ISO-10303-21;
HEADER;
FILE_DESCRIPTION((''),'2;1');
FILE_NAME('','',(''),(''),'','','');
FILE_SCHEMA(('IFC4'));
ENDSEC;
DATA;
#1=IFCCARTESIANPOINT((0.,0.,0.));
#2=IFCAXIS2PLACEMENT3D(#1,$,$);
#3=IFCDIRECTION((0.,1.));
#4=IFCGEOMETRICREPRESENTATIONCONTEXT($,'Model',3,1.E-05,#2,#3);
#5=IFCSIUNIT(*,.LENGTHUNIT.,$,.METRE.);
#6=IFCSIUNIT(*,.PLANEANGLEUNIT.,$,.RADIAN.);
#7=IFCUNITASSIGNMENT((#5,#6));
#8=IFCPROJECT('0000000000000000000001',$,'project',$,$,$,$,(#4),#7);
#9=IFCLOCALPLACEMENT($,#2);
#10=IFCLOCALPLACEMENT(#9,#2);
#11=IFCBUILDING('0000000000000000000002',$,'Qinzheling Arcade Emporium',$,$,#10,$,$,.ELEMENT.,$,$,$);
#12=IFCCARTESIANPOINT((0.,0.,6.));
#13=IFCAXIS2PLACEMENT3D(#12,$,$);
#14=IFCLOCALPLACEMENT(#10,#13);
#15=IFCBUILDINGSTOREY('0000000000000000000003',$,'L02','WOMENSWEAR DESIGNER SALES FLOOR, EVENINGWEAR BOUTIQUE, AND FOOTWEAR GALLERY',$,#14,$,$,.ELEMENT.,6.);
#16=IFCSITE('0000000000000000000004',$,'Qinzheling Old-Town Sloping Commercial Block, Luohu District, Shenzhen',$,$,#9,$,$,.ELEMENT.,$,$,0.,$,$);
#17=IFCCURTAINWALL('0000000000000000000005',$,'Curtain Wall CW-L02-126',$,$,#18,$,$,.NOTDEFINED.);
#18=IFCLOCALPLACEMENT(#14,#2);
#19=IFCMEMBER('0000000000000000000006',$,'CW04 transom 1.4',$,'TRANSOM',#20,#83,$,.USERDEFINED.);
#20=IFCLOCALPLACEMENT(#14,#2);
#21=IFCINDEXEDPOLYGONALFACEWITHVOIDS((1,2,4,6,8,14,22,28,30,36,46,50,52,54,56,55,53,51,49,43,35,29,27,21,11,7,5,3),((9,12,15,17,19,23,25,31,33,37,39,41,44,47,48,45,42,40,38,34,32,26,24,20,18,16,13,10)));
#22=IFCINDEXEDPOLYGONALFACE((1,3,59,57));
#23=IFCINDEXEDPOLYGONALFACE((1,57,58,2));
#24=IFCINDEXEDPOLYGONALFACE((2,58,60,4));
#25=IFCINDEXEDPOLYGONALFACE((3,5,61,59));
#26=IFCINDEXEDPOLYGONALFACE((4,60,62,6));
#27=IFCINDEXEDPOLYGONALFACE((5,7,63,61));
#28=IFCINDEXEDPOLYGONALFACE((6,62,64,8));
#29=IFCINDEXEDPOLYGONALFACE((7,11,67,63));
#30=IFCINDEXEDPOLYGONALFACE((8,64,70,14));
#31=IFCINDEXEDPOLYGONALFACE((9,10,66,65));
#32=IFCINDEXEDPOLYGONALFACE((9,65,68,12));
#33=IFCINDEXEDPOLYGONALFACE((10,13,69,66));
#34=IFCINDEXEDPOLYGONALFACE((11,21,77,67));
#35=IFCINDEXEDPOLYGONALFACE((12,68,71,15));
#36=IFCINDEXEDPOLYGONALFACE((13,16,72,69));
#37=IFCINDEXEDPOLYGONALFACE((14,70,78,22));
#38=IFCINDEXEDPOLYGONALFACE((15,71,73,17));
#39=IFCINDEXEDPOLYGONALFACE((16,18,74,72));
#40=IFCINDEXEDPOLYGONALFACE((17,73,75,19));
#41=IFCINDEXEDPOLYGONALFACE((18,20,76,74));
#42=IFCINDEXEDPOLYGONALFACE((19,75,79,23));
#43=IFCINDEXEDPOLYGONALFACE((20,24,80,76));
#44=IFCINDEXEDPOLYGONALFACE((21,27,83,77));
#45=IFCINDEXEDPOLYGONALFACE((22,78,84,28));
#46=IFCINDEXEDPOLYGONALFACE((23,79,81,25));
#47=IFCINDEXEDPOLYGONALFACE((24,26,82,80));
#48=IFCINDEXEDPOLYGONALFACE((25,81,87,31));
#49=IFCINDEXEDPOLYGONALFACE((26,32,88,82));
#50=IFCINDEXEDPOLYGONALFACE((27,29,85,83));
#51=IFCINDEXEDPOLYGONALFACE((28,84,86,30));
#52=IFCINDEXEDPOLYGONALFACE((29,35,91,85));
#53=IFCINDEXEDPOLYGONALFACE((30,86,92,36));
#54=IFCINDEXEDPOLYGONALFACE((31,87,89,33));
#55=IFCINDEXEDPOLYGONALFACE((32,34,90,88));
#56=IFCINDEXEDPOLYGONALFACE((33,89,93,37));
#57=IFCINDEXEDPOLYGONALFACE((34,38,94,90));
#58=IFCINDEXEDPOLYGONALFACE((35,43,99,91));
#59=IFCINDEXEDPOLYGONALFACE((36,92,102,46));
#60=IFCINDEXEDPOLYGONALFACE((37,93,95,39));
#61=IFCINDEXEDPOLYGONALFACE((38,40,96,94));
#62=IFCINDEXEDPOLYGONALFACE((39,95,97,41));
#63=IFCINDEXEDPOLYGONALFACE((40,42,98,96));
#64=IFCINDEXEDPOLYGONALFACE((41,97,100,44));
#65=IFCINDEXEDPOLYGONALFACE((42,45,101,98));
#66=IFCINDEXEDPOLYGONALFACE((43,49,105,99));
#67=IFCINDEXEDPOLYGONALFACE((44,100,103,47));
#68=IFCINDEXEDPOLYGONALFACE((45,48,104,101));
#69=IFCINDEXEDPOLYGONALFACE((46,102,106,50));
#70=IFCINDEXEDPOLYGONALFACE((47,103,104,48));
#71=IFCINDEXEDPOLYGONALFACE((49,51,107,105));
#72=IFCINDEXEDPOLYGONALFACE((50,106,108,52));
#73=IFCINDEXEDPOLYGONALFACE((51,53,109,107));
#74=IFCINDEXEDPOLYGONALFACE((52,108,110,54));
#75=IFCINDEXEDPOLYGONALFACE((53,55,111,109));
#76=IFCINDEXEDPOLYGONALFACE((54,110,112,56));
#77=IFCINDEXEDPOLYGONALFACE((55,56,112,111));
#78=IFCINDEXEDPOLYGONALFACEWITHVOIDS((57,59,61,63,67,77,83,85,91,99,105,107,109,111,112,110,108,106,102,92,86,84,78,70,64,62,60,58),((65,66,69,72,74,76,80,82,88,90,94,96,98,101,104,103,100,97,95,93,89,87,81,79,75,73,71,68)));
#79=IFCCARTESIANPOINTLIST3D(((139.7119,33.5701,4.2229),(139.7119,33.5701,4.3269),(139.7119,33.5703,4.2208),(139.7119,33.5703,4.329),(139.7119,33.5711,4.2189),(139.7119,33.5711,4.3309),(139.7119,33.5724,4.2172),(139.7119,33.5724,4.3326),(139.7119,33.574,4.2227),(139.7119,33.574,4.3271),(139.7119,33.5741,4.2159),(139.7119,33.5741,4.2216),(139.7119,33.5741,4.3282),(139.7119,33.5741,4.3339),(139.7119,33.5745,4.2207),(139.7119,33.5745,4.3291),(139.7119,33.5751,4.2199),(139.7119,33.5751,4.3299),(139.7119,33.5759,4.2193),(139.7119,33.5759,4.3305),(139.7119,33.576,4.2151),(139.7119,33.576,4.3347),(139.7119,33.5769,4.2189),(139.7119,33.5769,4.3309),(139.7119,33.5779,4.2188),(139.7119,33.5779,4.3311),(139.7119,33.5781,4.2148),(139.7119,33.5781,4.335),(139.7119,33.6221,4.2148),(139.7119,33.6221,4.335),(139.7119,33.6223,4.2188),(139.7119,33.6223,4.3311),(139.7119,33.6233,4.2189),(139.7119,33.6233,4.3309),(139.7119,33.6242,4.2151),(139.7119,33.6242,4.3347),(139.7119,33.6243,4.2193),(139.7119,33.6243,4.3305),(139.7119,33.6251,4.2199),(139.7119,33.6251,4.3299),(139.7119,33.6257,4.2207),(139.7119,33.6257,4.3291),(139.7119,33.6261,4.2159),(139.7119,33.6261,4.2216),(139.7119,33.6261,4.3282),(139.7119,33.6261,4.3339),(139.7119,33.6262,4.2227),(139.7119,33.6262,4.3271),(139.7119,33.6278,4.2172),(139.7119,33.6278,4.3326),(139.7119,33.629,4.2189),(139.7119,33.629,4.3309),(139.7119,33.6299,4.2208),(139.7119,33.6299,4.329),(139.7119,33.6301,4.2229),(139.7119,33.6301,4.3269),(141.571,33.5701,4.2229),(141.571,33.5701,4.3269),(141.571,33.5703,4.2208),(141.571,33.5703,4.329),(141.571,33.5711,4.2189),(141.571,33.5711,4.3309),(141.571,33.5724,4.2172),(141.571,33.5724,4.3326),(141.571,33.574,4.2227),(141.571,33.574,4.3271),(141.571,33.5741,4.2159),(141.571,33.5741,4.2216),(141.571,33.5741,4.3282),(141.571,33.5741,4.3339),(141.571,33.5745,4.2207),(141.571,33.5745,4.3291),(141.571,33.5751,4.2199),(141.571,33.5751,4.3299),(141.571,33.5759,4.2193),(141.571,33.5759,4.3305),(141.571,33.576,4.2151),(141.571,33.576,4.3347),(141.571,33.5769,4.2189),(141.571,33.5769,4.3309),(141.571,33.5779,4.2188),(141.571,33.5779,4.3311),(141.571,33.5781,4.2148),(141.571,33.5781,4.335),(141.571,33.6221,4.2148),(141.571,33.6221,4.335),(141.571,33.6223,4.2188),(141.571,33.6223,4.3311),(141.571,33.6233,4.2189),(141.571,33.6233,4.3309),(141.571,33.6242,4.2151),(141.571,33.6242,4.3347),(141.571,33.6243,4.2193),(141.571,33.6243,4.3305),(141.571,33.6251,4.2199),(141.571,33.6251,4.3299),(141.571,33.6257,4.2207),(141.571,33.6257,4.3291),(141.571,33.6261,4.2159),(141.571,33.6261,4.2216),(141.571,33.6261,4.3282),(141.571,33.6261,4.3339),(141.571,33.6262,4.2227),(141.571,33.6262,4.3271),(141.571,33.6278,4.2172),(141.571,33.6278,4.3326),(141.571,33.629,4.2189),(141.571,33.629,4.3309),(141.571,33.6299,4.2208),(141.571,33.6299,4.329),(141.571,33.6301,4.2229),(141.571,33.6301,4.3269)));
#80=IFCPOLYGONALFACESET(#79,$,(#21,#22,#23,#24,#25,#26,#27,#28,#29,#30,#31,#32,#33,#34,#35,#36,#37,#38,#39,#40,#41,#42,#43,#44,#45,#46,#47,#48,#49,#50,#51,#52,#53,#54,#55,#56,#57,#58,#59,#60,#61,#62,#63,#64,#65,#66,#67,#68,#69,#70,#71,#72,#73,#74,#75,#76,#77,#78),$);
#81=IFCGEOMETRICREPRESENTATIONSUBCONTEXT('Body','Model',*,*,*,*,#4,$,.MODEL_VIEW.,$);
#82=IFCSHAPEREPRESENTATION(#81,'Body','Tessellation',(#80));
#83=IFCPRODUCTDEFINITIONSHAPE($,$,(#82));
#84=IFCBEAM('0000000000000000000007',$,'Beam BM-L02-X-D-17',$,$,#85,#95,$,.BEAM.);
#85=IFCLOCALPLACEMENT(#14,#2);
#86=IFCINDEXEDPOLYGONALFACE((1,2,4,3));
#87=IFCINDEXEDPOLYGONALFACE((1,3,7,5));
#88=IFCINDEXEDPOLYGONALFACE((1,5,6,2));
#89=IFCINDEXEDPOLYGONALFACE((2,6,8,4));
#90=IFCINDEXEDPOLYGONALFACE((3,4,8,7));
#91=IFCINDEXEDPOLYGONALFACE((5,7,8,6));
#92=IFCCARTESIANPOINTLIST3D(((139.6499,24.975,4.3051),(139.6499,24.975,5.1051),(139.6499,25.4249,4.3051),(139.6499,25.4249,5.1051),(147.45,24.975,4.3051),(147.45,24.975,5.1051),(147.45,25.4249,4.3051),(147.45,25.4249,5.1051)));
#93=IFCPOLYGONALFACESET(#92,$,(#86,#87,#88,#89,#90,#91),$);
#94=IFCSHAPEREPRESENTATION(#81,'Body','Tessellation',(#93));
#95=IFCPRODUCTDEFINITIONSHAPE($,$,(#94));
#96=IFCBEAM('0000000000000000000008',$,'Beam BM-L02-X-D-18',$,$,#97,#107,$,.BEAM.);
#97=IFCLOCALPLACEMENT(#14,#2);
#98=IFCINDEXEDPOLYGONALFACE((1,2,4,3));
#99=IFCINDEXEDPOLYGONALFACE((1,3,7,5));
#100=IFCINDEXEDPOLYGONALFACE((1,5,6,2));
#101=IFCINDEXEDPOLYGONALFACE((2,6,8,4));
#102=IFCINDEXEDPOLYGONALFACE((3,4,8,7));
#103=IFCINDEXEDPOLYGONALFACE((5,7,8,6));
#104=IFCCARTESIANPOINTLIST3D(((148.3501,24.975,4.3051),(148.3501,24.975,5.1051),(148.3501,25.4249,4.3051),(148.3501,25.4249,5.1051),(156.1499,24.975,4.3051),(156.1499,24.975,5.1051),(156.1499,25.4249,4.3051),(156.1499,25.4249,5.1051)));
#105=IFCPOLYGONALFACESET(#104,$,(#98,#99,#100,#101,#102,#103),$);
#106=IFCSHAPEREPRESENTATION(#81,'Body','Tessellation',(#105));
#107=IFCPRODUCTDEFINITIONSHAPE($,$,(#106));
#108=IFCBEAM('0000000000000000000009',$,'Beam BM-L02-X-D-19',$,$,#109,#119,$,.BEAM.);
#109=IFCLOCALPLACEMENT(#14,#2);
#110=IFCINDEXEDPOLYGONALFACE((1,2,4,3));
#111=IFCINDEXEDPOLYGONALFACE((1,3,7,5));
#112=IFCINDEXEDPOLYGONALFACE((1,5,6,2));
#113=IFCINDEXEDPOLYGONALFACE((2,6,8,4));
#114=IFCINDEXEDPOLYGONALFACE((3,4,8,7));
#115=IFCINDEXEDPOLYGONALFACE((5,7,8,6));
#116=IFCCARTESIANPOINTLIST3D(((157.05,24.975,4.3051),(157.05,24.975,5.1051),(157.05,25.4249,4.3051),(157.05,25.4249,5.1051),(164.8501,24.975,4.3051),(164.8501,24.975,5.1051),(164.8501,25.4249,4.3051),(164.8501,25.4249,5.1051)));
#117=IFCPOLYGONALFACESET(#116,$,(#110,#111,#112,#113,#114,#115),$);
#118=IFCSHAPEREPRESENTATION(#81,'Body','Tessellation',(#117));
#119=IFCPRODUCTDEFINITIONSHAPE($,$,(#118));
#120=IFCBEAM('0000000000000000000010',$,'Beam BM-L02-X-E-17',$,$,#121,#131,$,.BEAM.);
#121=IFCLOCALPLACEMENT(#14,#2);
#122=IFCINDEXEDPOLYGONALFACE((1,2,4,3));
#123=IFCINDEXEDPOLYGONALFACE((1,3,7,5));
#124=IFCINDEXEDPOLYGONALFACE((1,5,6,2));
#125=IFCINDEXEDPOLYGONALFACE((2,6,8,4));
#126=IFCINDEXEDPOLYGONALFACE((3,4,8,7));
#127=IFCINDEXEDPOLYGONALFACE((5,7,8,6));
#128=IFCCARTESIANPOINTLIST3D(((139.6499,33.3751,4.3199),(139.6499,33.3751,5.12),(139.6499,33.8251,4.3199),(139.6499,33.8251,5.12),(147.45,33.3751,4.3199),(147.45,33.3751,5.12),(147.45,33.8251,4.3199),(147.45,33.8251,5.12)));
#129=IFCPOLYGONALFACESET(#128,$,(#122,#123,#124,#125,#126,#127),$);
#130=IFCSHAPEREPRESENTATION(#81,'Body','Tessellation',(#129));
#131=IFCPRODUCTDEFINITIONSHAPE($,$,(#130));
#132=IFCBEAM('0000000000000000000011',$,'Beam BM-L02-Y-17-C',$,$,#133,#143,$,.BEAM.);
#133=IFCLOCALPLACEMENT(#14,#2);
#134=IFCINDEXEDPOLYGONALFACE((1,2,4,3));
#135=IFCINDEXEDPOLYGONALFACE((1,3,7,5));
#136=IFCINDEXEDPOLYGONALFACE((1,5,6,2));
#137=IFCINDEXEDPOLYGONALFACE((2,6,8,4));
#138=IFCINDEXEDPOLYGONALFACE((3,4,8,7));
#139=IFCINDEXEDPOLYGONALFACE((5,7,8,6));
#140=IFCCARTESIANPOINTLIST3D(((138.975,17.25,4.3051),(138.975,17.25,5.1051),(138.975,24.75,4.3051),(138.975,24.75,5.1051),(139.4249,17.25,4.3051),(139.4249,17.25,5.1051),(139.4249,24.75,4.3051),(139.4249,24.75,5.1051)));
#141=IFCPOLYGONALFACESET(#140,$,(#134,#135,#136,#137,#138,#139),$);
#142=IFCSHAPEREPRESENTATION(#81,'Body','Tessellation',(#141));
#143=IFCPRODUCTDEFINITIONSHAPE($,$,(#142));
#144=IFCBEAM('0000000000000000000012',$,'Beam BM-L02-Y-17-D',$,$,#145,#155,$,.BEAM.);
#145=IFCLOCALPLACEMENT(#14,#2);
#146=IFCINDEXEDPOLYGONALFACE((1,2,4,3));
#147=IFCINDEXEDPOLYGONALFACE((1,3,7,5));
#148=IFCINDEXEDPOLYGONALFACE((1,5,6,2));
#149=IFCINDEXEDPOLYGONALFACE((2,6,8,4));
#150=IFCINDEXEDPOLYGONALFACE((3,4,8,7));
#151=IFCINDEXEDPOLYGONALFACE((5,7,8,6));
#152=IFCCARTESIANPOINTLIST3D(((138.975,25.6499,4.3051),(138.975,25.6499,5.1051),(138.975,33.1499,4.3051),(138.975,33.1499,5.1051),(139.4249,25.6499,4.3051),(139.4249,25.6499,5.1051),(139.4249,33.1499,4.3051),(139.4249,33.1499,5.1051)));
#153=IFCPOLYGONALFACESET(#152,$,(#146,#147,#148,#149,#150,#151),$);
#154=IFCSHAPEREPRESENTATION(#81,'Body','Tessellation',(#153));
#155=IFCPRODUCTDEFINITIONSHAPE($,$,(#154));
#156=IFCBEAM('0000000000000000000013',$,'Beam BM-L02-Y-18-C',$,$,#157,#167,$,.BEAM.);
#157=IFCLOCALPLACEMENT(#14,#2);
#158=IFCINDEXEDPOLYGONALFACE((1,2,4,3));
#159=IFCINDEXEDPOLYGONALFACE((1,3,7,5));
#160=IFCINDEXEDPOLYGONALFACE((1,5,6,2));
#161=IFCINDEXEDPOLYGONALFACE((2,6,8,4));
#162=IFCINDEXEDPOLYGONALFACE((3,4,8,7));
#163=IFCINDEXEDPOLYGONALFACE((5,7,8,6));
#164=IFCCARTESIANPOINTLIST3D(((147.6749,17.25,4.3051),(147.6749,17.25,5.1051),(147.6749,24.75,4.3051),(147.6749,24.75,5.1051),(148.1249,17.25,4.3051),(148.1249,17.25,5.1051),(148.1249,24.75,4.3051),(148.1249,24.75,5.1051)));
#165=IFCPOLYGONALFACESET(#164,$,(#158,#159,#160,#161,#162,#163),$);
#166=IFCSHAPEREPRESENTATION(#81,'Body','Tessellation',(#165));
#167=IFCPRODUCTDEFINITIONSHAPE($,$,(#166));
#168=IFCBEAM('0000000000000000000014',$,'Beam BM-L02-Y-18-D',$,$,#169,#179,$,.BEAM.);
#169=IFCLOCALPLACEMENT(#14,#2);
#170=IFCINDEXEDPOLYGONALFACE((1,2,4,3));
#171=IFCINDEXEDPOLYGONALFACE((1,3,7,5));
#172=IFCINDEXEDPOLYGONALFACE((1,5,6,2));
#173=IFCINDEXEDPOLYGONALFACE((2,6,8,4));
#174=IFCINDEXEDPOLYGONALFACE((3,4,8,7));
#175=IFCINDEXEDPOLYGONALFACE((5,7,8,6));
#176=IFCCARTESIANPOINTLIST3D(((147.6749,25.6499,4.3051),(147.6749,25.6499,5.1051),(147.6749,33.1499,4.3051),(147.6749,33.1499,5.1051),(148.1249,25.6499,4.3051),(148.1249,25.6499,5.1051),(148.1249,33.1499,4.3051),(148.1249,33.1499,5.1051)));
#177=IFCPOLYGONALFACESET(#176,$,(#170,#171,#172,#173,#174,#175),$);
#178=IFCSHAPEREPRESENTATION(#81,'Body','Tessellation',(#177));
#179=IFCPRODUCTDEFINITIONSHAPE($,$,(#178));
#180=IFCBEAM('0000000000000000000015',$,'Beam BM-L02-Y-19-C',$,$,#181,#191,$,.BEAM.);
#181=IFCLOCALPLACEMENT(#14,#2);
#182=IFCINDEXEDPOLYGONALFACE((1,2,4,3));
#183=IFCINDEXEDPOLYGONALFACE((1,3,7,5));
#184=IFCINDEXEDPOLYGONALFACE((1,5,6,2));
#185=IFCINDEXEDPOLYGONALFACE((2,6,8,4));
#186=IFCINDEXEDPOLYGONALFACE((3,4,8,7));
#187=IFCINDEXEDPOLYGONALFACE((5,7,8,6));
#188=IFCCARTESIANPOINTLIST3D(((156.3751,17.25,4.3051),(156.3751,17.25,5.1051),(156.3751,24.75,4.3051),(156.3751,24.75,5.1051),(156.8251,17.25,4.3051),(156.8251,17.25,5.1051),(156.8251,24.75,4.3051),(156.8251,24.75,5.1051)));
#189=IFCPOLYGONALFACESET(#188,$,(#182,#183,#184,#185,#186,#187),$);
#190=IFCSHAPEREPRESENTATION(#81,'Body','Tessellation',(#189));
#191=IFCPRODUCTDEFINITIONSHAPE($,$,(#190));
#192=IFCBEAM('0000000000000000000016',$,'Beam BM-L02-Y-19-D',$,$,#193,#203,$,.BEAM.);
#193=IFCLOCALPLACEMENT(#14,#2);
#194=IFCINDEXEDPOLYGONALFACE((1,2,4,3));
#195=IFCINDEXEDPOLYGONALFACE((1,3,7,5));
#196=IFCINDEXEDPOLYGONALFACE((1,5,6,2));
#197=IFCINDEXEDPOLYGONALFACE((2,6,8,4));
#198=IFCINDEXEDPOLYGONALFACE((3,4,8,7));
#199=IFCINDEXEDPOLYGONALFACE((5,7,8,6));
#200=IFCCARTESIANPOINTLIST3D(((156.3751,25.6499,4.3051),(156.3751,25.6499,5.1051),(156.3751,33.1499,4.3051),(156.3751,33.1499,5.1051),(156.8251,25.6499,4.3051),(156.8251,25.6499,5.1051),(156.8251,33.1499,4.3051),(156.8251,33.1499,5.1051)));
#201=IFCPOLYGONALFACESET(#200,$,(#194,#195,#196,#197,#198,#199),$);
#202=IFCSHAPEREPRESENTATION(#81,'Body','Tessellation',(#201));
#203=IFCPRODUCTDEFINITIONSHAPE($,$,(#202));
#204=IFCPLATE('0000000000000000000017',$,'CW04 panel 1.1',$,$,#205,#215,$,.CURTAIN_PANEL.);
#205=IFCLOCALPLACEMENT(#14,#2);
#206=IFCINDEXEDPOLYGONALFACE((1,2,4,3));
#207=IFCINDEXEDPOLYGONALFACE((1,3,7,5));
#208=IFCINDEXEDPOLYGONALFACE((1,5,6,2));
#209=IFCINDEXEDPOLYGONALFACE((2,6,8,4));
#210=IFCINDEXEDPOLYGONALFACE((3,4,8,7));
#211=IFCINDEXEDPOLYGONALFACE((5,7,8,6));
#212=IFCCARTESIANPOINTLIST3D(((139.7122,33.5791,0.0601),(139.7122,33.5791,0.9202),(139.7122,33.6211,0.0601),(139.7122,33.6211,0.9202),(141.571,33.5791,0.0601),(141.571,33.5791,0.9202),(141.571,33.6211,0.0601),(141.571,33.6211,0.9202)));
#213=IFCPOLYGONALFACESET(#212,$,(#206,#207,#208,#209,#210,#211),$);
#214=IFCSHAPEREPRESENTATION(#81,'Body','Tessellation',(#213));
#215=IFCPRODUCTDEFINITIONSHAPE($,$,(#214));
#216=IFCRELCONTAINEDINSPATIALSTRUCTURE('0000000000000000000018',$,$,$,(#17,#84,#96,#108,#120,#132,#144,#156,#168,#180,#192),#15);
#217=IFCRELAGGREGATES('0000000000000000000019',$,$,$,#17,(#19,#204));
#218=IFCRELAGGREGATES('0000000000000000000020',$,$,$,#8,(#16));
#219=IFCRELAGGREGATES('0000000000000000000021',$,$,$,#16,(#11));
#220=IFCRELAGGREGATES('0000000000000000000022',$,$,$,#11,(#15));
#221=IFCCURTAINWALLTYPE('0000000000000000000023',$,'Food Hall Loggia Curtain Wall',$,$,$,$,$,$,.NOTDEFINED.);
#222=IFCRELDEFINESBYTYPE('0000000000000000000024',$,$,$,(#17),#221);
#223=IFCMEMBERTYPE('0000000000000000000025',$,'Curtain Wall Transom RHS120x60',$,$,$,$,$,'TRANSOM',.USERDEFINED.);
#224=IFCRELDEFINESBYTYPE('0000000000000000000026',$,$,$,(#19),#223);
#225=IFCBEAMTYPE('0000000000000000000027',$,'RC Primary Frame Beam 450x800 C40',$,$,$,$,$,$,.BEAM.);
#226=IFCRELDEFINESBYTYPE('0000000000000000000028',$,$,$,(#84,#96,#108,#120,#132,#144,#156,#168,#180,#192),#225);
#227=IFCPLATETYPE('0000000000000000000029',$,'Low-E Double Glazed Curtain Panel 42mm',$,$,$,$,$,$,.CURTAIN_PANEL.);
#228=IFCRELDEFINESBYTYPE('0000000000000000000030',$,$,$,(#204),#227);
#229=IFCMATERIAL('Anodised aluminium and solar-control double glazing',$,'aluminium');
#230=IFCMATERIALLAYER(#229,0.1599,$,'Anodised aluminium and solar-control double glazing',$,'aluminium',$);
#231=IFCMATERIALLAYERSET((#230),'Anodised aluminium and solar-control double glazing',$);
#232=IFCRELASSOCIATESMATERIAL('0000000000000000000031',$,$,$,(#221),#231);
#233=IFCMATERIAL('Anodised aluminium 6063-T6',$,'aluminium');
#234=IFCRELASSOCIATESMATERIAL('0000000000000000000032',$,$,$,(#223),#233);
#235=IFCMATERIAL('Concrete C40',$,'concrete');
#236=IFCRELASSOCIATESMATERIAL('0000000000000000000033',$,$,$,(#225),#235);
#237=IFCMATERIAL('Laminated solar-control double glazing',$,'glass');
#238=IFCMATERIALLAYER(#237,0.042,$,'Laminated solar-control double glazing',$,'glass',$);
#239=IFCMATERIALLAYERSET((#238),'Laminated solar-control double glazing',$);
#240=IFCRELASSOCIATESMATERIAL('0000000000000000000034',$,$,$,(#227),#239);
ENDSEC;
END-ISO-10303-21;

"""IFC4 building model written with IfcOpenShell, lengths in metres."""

from ifc_helpers import new_model, si_unit, direction, frame, origin, origin_2d, place, context, subcontext, project, spatial, rectangle, hollow_rectangle, extrude, material, layer, layer_set, material_profile, profile_set, type_object, element, aggregate, save


model = new_model("IFC4")

# Units and contexts
model_context = context("Model", 3, precision=1e-05, world=origin(), true_north=direction((0.0, 1.0)))
body_context = subcontext(model_context, "Body", "Model", "MODEL_VIEW")
ifc_project = project(units=[si_unit("LENGTHUNIT", "METRE"), si_unit("PLANEANGLEUNIT", "RADIAN")], contexts=[model_context])

# Site, building, storey
site_placement = place(None, origin())
site = spatial("IfcSite", under=ifc_project, at=site_placement, Name="Qinzheling Old-Town Sloping Commercial Block, Luohu District, Shenzhen", CompositionType="ELEMENT", RefElevation=0.0)
building_placement = place(site_placement, origin())
building = spatial("IfcBuilding", under=site, at=building_placement, Name="Qinzheling Arcade Emporium", CompositionType="ELEMENT")
storey_placement = place(building_placement, frame((0.0, 0.0, 6.0)))
storey = spatial("IfcBuildingStorey", under=building, at=storey_placement, Name="L02", Description="WOMENSWEAR DESIGNER SALES FLOOR, EVENINGWEAR BOUTIQUE, AND FOOTWEAR GALLERY", CompositionType="ELEMENT", Elevation=6.0)

# Curtain wall, member
ifc_material_1 = material(Name="Anodised aluminium and solar-control double glazing", Category="aluminium")
ifc_layer_1 = layer(ifc_material_1, 0.1599, Name="Anodised aluminium and solar-control double glazing", Category="aluminium")
ifc_layer_set_1 = layer_set([ifc_layer_1], Name="Anodised aluminium and solar-control double glazing")
curtain_wall_type = type_object("IfcCurtainWallType", Name="Food Hall Loggia Curtain Wall", PredefinedType="NOTDEFINED", material=ifc_layer_set_1)
curtain_wall_placement = place(storey_placement, origin())
curtain_wall = element("IfcCurtainWall", 1, at=curtain_wall_placement, inside=storey, type_object=curtain_wall_type, Name="Curtain Wall CW-L02-126", PredefinedType="NOTDEFINED")
ifc_material_2 = material(Name="Anodised aluminium 6063-T6", Category="aluminium")
ifc_material_profile_1 = material_profile(ifc_material_2, hollow_rectangle(XDim=0.0601, YDim=0.1201, WallThickness=0.0039, InnerFilletRadius=0.0039, OuterFilletRadius=0.0081, at=origin_2d()), Name="RHS 120x60x4", Category="aluminium")
ifc_profile_set_1 = profile_set([ifc_material_profile_1], Name="Anodised aluminium 6063-T6")
member_type_1 = type_object("IfcMemberType", Name="Curtain Wall Transom RHS120x60", ElementType="TRANSOM", PredefinedType="USERDEFINED", material=ifc_profile_set_1)
member_1_placement = place(storey_placement, frame((139.7119, 33.6001, 4.2749), z_axis=(1.0, 0.0, 0.0), x_axis=(0.0, 1.0, 0.0)))
member_1 = element("IfcMember", 2, at=member_1_placement, type_object=member_type_1, Name="CW04 transom 1.4", ObjectType="TRANSOM", PredefinedType="USERDEFINED", context=body_context, shape_type="SweptSolid", body=[
    extrude(hollow_rectangle(XDim=0.0601, YDim=0.1201, WallThickness=0.0039, InnerFilletRadius=0.0039, OuterFilletRadius=0.0081, at=origin_2d()), origin(), (0.0, 0.0, 1.0), 1.8591),
])

# Beams
ifc_material_3 = material(Name="Concrete C40", Category="concrete")
ifc_material_profile_2 = material_profile(ifc_material_3, rectangle(XDim=0.45, YDim=0.8, at=origin_2d()), Name="RC 450x800", Category="concrete")
ifc_profile_set_2 = profile_set([ifc_material_profile_2], Name="Concrete C40")
beam_type = type_object("IfcBeamType", Name="RC Primary Frame Beam 450x800 C40", PredefinedType="BEAM", material=ifc_profile_set_2)
beam_1_placement = place(storey_placement, frame((139.6499, 25.2, 4.7051), z_axis=(1.0, 0.0, 0.0), x_axis=(0.0, 1.0, 0.0)))
element("IfcBeam", 3, at=beam_1_placement, inside=storey, type_object=beam_type, Name="Beam BM-L02-X-D-17", PredefinedType="BEAM", context=body_context, shape_type="SweptSolid", body=[
    extrude(rectangle(XDim=0.45, YDim=0.8, at=origin_2d()), origin(), (0.0, 0.0, 1.0), 7.8),
])
beam_2_placement = place(storey_placement, frame((148.3501, 25.2, 4.7051), z_axis=(1.0, 0.0, 0.0), x_axis=(0.0, 1.0, 0.0)))
element("IfcBeam", 4, at=beam_2_placement, inside=storey, type_object=beam_type, Name="Beam BM-L02-X-D-18", PredefinedType="BEAM", context=body_context, shape_type="SweptSolid", body=[
    extrude(rectangle(XDim=0.45, YDim=0.8, at=origin_2d()), origin(), (0.0, 0.0, 1.0), 7.7998),
])
for number, where, z_axis, x_axis, name in (
    (5, (157.05, 25.2, 4.7051), (1.0, 0.0, 0.0), (0.0, 1.0, 0.0), "Beam BM-L02-X-D-19"),
    (6, (139.6499, 33.6001, 4.72), (1.0, 0.0, 0.0), (0.0, 1.0, 0.0), "Beam BM-L02-X-E-17"),
):
    element("IfcBeam", number, at=place(storey_placement, frame(where, z_axis=z_axis, x_axis=x_axis)), inside=storey, type_object=beam_type, Name=name, PredefinedType="BEAM", context=body_context, shape_type="SweptSolid", body=[
        extrude(rectangle(XDim=0.45, YDim=0.8, at=origin_2d()), origin(), (0.0, 0.0, 1.0), 7.8),
    ])
for number, where, z_axis, x_axis, name in (
    (7, (139.2, 17.25, 4.7051), (0.0, 1.0, 0.0), (-1.0, 0.0, 0.0), "Beam BM-L02-Y-17-C"),
    (8, (139.2, 25.6499, 4.7051), (0.0, 1.0, 0.0), (-1.0, 0.0, 0.0), "Beam BM-L02-Y-17-D"),
    (9, (147.8999, 17.25, 4.7051), (0.0, 1.0, 0.0), (-1.0, 0.0, 0.0), "Beam BM-L02-Y-18-C"),
    (10, (147.8999, 25.6499, 4.7051), (0.0, 1.0, 0.0), (-1.0, 0.0, 0.0), "Beam BM-L02-Y-18-D"),
    (11, (156.6001, 17.25, 4.7051), (0.0, 1.0, 0.0), (-1.0, 0.0, 0.0), "Beam BM-L02-Y-19-C"),
    (12, (156.6001, 25.6499, 4.7051), (0.0, 1.0, 0.0), (-1.0, 0.0, 0.0), "Beam BM-L02-Y-19-D"),
):
    element("IfcBeam", number, at=place(storey_placement, frame(where, z_axis=z_axis, x_axis=x_axis)), inside=storey, type_object=beam_type, Name=name, PredefinedType="BEAM", context=body_context, shape_type="SweptSolid", body=[
        extrude(rectangle(XDim=0.45, YDim=0.8, at=origin_2d()), origin(), (0.0, 0.0, 1.0), 7.5),
    ])

# Plate
ifc_material_4 = material(Name="Laminated solar-control double glazing", Category="glass")
ifc_layer_2 = layer(ifc_material_4, 0.042, Name="Laminated solar-control double glazing", Category="glass")
ifc_layer_set_2 = layer_set([ifc_layer_2], Name="Laminated solar-control double glazing")
plate_type = type_object("IfcPlateType", Name="Low-E Double Glazed Curtain Panel 42mm", PredefinedType="CURTAIN_PANEL", material=ifc_layer_set_2)
plate_placement = place(storey_placement, frame((140.6416, 33.6001, 0.0601), z_axis=(0.0, 0.0, 1.0), x_axis=(1.0, 0.0, 0.0)))
plate = element("IfcPlate", 13, at=plate_placement, type_object=plate_type, Name="CW04 panel 1.1", PredefinedType="CURTAIN_PANEL", context=body_context, shape_type="SweptSolid", body=[
    extrude(rectangle(XDim=1.8589, YDim=0.042, at=origin_2d()), origin(), (0.0, 0.0, 1.0), 0.8601),
])
aggregate(curtain_wall, [member_1, plate])

save(model, "model.ifc")
